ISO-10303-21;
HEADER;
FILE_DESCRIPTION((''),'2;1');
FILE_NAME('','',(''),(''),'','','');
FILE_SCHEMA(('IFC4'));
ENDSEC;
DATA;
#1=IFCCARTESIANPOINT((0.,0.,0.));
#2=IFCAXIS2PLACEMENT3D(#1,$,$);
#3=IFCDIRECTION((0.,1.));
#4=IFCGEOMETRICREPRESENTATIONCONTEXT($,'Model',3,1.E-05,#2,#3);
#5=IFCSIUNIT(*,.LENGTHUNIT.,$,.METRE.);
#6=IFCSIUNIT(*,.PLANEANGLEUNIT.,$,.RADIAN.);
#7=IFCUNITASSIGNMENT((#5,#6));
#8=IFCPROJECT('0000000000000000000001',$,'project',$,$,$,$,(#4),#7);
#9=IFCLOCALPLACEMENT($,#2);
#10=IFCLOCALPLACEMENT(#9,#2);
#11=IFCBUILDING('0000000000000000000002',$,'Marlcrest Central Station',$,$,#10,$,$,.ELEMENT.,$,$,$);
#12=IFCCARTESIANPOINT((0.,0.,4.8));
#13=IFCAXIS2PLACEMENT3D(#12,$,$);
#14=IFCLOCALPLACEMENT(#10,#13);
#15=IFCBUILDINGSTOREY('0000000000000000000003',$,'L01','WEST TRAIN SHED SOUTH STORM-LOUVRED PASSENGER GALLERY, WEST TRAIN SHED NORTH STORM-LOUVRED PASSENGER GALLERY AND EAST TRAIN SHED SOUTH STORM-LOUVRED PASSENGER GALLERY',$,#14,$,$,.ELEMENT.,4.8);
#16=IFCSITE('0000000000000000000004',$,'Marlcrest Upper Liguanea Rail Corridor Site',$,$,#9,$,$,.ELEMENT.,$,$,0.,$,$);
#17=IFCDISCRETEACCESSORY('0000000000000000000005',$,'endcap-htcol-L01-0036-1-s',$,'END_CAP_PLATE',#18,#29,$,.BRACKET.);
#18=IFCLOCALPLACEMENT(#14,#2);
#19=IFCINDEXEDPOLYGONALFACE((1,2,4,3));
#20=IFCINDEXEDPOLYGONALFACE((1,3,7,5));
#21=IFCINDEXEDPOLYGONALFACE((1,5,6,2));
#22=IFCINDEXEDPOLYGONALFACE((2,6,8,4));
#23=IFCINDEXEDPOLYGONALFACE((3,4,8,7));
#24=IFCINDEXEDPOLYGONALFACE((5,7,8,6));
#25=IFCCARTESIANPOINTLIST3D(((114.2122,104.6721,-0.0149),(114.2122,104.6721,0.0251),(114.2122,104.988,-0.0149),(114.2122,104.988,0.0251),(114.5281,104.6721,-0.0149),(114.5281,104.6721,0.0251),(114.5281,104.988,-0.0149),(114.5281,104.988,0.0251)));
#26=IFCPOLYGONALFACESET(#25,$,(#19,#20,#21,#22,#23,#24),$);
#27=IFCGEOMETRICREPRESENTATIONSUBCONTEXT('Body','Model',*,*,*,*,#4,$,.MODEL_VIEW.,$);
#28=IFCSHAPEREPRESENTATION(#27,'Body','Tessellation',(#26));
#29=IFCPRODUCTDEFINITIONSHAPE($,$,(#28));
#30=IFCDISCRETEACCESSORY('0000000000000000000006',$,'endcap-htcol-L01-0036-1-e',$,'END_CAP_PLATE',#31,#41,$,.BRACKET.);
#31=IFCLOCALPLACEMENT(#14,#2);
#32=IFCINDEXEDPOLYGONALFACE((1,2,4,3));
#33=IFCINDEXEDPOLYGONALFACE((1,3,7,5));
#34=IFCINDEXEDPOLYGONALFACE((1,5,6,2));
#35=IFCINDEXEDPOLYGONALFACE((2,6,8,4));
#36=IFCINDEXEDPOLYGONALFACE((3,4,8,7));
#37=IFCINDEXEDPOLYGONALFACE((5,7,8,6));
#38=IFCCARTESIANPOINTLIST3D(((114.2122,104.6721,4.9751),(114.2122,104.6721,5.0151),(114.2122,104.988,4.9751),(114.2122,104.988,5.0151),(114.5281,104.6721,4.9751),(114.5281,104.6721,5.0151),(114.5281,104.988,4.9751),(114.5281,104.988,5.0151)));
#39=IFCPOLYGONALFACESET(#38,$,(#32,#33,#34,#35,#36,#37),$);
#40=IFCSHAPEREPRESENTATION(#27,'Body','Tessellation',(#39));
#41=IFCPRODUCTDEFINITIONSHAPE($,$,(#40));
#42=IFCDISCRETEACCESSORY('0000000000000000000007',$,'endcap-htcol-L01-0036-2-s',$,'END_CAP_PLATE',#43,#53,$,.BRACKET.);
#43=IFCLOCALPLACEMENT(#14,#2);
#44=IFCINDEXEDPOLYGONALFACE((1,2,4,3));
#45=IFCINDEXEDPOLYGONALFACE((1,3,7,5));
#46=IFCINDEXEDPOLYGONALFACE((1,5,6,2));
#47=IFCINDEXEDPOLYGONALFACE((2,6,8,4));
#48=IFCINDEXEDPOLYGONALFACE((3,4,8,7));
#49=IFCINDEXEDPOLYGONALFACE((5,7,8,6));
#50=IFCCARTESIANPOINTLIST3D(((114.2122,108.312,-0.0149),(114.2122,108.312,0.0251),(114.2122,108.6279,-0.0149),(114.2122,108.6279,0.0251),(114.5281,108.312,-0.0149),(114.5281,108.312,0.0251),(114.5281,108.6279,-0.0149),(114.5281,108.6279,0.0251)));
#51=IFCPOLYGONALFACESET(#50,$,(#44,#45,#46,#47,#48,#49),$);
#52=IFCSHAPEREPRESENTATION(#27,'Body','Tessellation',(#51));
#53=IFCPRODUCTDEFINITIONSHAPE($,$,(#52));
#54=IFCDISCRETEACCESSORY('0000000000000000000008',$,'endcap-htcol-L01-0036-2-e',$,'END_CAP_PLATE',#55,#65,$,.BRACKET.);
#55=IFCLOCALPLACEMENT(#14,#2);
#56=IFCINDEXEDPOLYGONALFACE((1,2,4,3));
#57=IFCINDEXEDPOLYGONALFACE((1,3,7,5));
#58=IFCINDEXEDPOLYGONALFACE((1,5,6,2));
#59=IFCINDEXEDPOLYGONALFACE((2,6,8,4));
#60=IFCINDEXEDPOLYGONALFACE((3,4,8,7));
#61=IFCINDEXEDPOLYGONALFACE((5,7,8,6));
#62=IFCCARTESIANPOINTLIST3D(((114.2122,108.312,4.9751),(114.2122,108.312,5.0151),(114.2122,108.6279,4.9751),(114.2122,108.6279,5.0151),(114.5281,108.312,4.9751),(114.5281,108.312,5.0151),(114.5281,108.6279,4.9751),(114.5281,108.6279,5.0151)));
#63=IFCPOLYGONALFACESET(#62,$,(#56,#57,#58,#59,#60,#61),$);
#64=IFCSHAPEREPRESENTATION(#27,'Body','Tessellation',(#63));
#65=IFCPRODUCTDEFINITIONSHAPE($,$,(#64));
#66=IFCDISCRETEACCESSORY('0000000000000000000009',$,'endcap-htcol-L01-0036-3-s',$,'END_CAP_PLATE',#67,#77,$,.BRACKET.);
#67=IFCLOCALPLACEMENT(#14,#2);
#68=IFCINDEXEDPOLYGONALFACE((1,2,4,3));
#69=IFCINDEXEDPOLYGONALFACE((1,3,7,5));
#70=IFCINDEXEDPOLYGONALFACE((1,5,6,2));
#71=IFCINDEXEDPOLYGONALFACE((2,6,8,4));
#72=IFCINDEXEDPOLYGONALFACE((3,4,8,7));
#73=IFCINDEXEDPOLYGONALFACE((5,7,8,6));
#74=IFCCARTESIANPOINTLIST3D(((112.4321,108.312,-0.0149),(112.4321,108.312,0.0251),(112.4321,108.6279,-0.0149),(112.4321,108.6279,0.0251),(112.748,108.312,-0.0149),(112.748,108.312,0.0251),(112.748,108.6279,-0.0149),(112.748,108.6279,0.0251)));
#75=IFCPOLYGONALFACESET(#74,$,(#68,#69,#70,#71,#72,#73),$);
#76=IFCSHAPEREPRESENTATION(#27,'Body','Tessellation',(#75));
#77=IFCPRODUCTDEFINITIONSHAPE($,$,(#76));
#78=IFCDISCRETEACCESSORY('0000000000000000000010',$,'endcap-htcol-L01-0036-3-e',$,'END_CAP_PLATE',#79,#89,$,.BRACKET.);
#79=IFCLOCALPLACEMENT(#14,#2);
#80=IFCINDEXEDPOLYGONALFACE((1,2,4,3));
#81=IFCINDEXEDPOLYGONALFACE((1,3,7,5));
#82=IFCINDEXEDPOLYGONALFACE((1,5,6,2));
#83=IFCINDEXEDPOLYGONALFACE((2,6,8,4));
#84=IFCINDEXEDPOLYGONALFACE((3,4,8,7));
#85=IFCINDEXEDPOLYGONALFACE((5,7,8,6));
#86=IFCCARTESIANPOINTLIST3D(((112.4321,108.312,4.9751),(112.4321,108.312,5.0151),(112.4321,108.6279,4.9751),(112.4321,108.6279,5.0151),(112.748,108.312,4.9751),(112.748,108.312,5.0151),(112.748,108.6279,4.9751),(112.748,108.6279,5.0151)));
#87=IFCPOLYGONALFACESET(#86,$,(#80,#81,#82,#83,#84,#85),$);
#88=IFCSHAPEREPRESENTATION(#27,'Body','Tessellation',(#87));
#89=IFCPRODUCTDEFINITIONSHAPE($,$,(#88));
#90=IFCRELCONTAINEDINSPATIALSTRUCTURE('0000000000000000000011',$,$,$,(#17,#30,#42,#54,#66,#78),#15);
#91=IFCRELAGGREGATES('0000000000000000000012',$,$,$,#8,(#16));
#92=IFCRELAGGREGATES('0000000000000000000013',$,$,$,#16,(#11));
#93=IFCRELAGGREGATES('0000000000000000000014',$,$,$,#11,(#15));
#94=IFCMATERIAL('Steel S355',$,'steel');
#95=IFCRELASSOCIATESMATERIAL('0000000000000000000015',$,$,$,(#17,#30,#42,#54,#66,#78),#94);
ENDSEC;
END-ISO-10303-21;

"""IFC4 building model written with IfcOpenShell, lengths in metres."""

from ifc_helpers import new_model, si_unit, direction, frame, origin, origin_2d, place, context, subcontext, project, spatial, rectangle, extrude, material, element, save


model = new_model("IFC4")

# Units and contexts
model_context = context("Model", 3, precision=1e-05, world=origin(), true_north=direction((0.0, 1.0)))
body_context = subcontext(model_context, "Body", "Model", "MODEL_VIEW")
ifc_project = project(units=[si_unit("LENGTHUNIT", "METRE"), si_unit("PLANEANGLEUNIT", "RADIAN")], contexts=[model_context])

# Site, building, storey
site_placement = place(None, origin())
site = spatial("IfcSite", under=ifc_project, at=site_placement, Name="Marlcrest Upper Liguanea Rail Corridor Site", CompositionType="ELEMENT", RefElevation=0.0)
building_placement = place(site_placement, origin())
building = spatial("IfcBuilding", under=site, at=building_placement, Name="Marlcrest Central Station", CompositionType="ELEMENT")
storey_placement = place(building_placement, frame((0.0, 0.0, 4.8)))
storey = spatial("IfcBuildingStorey", under=building, at=storey_placement, Name="L01", Description="WEST TRAIN SHED SOUTH STORM-LOUVRED PASSENGER GALLERY, WEST TRAIN SHED NORTH STORM-LOUVRED PASSENGER GALLERY AND EAST TRAIN SHED SOUTH STORM-LOUVRED PASSENGER GALLERY", CompositionType="ELEMENT", Elevation=4.8)

# Shared definitions
ifc_material_1 = material(Name="Steel S355", Category="steel")

# Discrete accessories
for number, where, z_axis, x_axis, name in (
    (1, (114.3701, 104.8301, -0.0149), (0.0, 0.0, 1.0), (1.0, 0.0, 0.0), "endcap-htcol-L01-0036-1-s"),
    (2, (114.3701, 104.8301, 4.9751), (0.0, 0.0, 1.0), (1.0, 0.0, 0.0), "endcap-htcol-L01-0036-1-e"),
    (3, (114.3701, 108.47, -0.0149), (0.0, 0.0, 1.0), (1.0, 0.0, 0.0), "endcap-htcol-L01-0036-2-s"),
    (4, (114.3701, 108.47, 4.9751), (0.0, 0.0, 1.0), (1.0, 0.0, 0.0), "endcap-htcol-L01-0036-2-e"),
    (5, (112.5901, 108.47, -0.0149), (0.0, 0.0, 1.0), (1.0, 0.0, 0.0), "endcap-htcol-L01-0036-3-s"),
    (6, (112.5901, 108.47, 4.9751), (0.0, 0.0, 1.0), (1.0, 0.0, 0.0), "endcap-htcol-L01-0036-3-e"),
):
    element("IfcDiscreteAccessory", number, at=place(storey_placement, frame(where, z_axis=z_axis, x_axis=x_axis)), inside=storey, material=ifc_material_1, Name=name, ObjectType="END_CAP_PLATE", PredefinedType="BRACKET", context=body_context, shape_type="SweptSolid", body=[
        extrude(rectangle(XDim=0.3159, YDim=0.3159, at=origin_2d()), origin(), (0.0, 0.0, 1.0), 0.04),
    ])

save(model, "model.ifc")
